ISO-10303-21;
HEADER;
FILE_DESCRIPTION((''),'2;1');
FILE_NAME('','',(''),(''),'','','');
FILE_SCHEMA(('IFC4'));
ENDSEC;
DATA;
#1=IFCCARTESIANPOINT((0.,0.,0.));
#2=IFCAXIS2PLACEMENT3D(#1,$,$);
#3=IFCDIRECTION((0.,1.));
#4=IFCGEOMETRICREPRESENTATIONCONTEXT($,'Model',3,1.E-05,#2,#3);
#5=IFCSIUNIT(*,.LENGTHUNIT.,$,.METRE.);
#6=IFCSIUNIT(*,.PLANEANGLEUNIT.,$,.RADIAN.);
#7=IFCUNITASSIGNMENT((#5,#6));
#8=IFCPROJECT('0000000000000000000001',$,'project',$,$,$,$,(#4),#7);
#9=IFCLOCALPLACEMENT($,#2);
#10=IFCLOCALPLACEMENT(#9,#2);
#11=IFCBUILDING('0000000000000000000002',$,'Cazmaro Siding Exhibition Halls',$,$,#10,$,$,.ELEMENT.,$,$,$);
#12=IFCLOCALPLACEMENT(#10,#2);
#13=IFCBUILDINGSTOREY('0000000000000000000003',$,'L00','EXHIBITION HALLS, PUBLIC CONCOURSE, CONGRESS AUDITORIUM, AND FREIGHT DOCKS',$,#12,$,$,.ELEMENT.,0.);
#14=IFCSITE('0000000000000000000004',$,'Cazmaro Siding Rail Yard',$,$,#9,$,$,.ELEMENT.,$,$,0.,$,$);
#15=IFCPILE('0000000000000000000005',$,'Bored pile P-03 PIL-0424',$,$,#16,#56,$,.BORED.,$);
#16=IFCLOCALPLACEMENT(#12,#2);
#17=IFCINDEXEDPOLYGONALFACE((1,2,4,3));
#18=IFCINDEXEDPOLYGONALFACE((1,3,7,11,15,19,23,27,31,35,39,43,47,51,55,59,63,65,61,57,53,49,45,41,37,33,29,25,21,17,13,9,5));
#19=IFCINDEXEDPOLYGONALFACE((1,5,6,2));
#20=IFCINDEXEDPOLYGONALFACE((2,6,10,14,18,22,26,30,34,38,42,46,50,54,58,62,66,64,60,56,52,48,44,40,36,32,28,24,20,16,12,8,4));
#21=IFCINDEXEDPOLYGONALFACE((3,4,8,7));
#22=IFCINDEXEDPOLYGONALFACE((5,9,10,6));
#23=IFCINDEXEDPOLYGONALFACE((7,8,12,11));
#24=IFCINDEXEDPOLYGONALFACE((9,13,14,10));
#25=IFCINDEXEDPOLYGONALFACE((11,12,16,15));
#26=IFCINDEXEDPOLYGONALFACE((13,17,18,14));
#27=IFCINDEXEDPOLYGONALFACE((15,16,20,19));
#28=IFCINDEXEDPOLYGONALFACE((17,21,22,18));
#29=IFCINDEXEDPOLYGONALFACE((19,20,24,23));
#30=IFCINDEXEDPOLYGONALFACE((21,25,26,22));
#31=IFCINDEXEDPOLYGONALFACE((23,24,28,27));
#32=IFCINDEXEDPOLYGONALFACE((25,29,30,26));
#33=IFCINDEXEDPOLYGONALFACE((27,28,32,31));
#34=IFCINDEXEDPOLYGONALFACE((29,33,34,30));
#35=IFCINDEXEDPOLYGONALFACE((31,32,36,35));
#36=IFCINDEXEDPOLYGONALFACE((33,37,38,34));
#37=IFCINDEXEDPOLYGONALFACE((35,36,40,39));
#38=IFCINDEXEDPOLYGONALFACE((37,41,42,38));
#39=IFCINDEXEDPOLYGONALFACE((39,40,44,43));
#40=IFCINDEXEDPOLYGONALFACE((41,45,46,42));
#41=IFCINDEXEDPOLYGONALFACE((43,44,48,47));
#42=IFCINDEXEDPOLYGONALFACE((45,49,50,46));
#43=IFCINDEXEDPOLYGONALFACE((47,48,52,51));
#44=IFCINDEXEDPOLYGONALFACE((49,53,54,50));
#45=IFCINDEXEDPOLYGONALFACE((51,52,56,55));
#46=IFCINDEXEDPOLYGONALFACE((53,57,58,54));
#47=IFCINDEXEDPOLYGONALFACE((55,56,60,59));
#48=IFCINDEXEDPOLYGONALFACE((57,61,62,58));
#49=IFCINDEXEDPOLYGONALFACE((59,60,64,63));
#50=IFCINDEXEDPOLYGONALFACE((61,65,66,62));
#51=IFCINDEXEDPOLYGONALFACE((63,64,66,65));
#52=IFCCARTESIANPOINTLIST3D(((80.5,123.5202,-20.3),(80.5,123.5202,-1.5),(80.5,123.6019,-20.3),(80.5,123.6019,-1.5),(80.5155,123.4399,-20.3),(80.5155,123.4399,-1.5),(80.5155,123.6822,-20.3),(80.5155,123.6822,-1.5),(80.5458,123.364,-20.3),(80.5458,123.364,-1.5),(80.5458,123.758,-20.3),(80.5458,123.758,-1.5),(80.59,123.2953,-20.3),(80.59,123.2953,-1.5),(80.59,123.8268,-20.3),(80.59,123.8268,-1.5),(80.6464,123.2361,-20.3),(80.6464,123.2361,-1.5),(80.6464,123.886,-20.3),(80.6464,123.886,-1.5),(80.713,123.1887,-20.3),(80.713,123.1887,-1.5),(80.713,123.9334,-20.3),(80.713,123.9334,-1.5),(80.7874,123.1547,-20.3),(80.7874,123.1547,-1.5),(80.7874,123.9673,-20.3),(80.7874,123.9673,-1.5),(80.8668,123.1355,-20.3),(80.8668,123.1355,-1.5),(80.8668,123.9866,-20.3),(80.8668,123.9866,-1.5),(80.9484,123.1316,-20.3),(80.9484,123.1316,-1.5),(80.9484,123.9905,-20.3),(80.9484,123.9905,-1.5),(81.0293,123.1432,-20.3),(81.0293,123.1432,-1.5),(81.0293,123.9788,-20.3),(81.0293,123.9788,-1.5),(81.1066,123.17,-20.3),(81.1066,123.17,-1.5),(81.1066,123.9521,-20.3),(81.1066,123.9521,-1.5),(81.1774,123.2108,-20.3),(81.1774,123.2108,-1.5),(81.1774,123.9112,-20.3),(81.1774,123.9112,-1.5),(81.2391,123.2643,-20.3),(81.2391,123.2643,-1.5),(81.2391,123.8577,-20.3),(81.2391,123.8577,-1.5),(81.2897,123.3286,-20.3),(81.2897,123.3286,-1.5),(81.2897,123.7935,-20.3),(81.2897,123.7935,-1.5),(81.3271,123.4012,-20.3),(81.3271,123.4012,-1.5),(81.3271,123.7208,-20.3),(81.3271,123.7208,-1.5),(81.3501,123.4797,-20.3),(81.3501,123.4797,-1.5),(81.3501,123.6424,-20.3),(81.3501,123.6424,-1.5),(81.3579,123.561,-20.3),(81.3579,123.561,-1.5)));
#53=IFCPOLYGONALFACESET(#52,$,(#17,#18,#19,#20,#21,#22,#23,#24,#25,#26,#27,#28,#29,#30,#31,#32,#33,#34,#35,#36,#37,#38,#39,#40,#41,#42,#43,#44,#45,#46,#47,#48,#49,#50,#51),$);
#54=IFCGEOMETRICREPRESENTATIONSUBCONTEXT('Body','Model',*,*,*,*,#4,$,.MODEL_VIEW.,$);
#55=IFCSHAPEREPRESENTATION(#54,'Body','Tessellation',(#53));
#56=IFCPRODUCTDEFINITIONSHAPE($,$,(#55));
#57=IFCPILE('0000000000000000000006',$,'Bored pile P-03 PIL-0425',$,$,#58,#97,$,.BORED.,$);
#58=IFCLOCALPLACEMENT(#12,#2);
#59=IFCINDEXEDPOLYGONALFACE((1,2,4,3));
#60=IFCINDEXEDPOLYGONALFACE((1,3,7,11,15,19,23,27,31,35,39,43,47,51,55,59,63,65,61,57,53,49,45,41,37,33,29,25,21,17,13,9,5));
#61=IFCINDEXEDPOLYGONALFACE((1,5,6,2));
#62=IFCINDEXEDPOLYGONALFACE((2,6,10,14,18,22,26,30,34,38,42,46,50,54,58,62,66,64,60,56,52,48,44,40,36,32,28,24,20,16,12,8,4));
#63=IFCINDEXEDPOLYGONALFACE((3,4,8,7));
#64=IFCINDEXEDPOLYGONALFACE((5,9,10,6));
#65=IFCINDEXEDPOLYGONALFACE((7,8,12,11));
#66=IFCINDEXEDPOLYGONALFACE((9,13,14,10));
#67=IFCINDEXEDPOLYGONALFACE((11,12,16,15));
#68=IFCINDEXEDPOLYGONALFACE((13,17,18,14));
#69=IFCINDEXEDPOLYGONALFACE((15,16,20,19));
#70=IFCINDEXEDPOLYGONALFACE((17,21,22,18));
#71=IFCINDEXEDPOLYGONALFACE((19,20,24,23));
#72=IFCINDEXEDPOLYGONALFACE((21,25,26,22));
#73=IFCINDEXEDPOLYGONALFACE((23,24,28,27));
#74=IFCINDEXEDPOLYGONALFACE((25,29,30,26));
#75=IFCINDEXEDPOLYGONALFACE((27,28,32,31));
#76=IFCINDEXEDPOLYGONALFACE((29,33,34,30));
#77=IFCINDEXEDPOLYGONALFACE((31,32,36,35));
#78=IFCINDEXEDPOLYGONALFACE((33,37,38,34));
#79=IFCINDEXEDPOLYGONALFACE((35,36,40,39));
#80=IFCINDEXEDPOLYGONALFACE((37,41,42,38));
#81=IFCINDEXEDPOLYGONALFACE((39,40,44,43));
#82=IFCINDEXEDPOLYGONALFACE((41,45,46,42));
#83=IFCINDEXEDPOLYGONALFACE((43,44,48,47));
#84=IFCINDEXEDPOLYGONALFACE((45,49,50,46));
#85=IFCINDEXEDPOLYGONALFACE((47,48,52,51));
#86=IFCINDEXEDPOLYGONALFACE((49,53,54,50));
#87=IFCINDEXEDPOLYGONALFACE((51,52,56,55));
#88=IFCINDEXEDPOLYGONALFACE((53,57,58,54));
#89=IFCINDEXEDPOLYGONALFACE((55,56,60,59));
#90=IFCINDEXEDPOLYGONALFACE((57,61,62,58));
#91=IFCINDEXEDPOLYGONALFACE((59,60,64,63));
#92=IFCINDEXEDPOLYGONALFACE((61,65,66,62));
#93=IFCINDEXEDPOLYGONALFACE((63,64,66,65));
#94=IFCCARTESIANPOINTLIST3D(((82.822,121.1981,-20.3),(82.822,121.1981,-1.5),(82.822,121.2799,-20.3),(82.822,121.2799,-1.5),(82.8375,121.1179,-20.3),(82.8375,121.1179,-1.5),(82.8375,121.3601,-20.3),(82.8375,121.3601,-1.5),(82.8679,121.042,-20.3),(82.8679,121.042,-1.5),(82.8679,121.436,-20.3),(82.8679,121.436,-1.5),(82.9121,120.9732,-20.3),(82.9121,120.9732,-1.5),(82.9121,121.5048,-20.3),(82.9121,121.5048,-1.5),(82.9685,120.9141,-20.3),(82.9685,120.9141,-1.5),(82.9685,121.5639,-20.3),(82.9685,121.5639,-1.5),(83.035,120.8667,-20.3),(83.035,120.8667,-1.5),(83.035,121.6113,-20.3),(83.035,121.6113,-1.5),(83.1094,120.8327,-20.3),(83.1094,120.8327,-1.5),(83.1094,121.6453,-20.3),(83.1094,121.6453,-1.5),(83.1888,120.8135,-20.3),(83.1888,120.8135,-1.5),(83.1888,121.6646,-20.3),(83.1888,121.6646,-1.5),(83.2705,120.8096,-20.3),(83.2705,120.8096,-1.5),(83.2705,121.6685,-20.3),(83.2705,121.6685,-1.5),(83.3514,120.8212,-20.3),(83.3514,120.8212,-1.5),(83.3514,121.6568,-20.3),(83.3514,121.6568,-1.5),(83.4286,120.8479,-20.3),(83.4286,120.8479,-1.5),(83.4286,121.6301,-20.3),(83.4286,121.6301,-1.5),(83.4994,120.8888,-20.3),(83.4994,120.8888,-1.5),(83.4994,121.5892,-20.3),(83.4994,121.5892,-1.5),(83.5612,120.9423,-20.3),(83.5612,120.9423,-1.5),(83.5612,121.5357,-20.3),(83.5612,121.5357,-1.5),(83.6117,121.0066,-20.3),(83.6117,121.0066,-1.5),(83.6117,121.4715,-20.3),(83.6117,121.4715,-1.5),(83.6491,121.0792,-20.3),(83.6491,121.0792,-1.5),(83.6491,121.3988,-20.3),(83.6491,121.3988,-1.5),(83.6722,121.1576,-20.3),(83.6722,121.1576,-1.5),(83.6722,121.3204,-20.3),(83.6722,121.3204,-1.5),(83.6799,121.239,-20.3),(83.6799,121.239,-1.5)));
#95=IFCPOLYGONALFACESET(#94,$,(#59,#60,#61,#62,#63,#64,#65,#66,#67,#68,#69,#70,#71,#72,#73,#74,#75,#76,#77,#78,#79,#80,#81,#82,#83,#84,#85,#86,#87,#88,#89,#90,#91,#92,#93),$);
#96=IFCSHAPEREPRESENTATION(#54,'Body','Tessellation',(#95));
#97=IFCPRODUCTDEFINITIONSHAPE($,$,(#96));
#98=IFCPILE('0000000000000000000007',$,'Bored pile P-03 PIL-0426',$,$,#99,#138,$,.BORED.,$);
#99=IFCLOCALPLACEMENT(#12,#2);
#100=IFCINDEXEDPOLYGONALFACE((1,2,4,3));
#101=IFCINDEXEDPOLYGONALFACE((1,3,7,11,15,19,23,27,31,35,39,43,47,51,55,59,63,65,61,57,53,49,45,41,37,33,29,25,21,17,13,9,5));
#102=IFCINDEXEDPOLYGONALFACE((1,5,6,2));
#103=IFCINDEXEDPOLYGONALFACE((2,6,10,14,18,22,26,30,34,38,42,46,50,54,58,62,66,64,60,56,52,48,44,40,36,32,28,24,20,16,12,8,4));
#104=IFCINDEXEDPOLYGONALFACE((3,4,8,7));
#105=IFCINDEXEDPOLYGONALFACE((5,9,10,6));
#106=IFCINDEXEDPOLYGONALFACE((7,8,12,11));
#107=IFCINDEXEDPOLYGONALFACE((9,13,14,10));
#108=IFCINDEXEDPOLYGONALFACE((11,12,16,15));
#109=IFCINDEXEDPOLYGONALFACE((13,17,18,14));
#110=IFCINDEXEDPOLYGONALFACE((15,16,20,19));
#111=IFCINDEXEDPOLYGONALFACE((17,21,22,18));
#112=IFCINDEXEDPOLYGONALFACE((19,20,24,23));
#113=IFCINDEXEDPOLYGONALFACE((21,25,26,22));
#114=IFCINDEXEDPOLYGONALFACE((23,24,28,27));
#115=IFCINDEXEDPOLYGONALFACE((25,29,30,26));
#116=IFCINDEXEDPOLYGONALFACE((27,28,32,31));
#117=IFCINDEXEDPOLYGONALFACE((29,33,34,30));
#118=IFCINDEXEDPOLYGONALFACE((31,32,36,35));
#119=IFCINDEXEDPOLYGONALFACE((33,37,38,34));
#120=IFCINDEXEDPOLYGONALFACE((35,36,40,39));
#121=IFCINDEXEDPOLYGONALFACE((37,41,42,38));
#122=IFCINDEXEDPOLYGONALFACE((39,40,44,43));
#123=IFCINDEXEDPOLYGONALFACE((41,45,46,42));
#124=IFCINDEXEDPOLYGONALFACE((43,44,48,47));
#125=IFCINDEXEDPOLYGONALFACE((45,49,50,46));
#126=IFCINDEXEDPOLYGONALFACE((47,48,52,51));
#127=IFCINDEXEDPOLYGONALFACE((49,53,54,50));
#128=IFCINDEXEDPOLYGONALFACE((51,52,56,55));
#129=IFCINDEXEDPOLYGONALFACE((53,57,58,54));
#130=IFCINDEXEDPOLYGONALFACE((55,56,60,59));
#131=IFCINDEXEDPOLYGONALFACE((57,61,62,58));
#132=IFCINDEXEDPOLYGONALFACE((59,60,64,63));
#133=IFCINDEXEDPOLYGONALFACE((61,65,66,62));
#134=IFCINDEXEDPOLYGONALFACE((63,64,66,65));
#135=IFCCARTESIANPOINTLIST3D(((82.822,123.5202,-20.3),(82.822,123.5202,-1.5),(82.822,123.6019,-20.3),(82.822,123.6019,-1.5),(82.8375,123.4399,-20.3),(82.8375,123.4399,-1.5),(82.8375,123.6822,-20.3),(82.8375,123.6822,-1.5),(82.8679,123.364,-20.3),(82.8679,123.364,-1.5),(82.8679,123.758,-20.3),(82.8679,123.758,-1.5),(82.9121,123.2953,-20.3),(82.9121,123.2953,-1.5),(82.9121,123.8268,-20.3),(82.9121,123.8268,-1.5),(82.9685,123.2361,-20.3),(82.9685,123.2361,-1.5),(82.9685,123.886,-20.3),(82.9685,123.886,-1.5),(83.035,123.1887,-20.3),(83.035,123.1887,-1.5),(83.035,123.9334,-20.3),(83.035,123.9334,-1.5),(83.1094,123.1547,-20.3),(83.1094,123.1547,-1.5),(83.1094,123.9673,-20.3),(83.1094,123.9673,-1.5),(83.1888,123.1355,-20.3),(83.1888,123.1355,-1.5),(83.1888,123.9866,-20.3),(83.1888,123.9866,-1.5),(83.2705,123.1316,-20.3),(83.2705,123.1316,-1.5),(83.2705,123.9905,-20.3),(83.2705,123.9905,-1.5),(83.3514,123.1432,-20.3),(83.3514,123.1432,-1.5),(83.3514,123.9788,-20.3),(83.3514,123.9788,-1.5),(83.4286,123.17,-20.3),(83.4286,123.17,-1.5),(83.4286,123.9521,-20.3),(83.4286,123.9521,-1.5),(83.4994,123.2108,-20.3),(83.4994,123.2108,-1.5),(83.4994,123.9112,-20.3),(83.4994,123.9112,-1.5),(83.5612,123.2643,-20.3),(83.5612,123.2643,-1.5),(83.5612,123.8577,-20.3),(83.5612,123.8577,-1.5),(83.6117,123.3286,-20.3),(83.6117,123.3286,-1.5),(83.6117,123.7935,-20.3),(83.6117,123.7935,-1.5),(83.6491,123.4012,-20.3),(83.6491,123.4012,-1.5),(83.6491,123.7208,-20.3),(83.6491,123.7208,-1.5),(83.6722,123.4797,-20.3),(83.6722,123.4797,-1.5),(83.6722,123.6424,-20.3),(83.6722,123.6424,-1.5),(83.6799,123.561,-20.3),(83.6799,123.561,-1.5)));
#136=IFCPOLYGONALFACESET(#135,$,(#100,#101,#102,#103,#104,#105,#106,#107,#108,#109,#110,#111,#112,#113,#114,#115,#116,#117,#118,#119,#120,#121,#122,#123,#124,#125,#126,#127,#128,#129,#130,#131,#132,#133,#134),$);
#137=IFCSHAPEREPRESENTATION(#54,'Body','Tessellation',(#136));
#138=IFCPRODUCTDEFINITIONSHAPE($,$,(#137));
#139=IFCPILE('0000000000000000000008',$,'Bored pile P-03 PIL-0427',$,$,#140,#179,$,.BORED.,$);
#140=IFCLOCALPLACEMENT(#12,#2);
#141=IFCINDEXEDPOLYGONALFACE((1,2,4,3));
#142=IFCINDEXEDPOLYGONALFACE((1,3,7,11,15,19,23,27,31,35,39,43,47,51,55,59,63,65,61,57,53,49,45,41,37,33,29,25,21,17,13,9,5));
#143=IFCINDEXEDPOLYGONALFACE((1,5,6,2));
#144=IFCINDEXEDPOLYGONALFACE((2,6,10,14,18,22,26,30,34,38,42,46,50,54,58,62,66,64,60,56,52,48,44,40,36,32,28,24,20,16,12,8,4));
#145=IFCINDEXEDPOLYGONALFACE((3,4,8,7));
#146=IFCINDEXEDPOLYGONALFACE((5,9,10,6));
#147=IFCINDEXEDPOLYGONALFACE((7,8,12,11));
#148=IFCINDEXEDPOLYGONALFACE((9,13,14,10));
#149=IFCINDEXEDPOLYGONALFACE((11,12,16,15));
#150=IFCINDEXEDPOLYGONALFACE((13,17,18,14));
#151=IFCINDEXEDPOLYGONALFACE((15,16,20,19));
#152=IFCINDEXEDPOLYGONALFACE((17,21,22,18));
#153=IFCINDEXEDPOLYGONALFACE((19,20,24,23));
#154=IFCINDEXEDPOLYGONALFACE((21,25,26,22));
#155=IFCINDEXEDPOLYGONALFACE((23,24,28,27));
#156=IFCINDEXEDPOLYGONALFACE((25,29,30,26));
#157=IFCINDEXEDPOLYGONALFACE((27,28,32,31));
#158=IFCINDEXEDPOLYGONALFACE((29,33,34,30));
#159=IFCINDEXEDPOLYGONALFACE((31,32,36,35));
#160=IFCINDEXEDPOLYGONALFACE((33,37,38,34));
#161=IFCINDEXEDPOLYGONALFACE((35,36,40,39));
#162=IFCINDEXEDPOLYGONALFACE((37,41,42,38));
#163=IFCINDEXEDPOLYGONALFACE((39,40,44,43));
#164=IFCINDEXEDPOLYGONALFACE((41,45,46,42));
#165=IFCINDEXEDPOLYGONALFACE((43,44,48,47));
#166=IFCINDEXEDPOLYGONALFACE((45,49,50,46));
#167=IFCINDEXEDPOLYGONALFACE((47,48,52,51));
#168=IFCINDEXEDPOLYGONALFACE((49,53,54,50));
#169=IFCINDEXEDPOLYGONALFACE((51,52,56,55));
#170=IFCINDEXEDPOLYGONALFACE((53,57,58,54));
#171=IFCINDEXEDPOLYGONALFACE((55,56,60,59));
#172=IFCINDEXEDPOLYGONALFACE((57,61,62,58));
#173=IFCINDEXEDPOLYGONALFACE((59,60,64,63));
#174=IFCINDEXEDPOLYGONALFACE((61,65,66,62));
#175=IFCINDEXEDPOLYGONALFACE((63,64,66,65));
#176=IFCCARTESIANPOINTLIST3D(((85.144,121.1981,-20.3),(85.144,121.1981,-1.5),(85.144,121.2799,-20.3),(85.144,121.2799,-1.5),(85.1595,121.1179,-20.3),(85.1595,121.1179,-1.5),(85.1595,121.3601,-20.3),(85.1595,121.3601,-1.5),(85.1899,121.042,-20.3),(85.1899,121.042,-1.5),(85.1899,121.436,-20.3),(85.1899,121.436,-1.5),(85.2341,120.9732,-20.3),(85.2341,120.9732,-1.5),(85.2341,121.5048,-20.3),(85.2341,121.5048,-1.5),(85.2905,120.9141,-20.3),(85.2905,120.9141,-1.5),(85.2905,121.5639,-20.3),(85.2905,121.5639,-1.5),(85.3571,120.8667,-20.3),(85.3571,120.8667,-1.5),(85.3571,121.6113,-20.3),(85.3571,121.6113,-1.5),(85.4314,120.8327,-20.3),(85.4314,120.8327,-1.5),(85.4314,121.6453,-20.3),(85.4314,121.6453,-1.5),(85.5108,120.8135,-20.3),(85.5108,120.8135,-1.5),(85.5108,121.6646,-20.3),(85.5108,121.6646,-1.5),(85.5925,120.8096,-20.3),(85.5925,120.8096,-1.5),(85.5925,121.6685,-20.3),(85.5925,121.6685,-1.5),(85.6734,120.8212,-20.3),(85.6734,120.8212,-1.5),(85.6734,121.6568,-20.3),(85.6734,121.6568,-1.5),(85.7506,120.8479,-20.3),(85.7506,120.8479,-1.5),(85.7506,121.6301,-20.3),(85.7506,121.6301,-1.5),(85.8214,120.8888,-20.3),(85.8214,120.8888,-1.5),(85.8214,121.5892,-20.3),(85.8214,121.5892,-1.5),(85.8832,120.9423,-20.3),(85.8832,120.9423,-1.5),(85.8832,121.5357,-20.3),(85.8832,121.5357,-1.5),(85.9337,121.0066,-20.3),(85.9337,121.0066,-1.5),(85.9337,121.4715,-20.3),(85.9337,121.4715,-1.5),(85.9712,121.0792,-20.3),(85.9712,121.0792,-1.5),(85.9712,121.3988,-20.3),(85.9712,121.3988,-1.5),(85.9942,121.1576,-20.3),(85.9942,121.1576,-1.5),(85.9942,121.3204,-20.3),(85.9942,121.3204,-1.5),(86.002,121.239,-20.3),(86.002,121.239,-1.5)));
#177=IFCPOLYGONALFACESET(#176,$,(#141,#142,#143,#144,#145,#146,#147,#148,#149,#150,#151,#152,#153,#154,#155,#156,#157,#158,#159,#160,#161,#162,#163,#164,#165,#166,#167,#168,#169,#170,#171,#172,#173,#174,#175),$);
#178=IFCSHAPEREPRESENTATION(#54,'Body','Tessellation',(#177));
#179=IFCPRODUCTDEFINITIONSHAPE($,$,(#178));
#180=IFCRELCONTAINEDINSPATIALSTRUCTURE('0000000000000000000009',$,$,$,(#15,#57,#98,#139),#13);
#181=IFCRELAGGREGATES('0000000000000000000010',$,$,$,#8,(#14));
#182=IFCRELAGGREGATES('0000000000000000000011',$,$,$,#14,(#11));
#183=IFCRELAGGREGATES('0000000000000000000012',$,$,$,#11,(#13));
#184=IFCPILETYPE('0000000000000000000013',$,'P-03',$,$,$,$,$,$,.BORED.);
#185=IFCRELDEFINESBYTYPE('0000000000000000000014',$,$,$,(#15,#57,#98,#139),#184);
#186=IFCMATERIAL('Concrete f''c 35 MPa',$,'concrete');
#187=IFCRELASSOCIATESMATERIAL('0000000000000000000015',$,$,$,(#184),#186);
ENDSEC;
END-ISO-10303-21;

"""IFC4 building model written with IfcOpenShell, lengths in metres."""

from ifc_helpers import new_model, si_unit, direction, frame, origin, origin_2d, place, context, subcontext, project, spatial, circle, extrude, material, material_profile, profile_set, type_object, element, save


model = new_model("IFC4")

# Units and contexts
model_context = context("Model", 3, precision=1e-05, world=origin(), true_north=direction((0.0, 1.0)))
body_context = subcontext(model_context, "Body", "Model", "MODEL_VIEW")
ifc_project = project(units=[si_unit("LENGTHUNIT", "METRE"), si_unit("PLANEANGLEUNIT", "RADIAN")], contexts=[model_context])

# Site, building, storey
site_placement = place(None, origin())
site = spatial("IfcSite", under=ifc_project, at=site_placement, Name="Cazmaro Siding Rail Yard", CompositionType="ELEMENT", RefElevation=0.0)
building_placement = place(site_placement, origin())
building = spatial("IfcBuilding", under=site, at=building_placement, Name="Cazmaro Siding Exhibition Halls", CompositionType="ELEMENT")
storey_placement = place(building_placement, origin())
storey = spatial("IfcBuildingStorey", under=building, at=storey_placement, Name="L00", Description="EXHIBITION HALLS, PUBLIC CONCOURSE, CONGRESS AUDITORIUM, AND FREIGHT DOCKS", CompositionType="ELEMENT", Elevation=0.0)

# Piles
ifc_material_1 = material(Name="Concrete f'c 35 MPa", Category="concrete")
ifc_material_profile_1 = material_profile(ifc_material_1, circle(Radius=0.4299, at=origin_2d()), Name="CIDH-860")
ifc_profile_set_1 = profile_set([ifc_material_profile_1], Name="Concrete f'c 35 MPa")
pile_type = type_object("IfcPileType", Name="P-03", PredefinedType="BORED", material=ifc_profile_set_1)
for number, where, z_axis, x_axis, name in (
    (1, (80.928, 123.561, -1.5), (0.0, 0.0, -1.0), (1.0, 0.0, 0.0), "Bored pile P-03 PIL-0424"),
    (2, (83.25, 121.239, -1.5), (0.0, 0.0, -1.0), (1.0, 0.0, 0.0), "Bored pile P-03 PIL-0425"),
    (3, (83.25, 123.561, -1.5), (0.0, 0.0, -1.0), (1.0, 0.0, 0.0), "Bored pile P-03 PIL-0426"),
    (4, (85.572, 121.239, -1.5), (0.0, 0.0, -1.0), (1.0, 0.0, 0.0), "Bored pile P-03 PIL-0427"),
):
    element("IfcPile", number, at=place(storey_placement, frame(where, z_axis=z_axis, x_axis=x_axis)), inside=storey, type_object=pile_type, Name=name, PredefinedType="BORED", context=body_context, shape_type="SweptSolid", body=[
        extrude(circle(Radius=0.4299, at=origin_2d()), origin(), (0.0, 0.0, 1.0), 18.8),
    ])

save(model, "model.ifc")
